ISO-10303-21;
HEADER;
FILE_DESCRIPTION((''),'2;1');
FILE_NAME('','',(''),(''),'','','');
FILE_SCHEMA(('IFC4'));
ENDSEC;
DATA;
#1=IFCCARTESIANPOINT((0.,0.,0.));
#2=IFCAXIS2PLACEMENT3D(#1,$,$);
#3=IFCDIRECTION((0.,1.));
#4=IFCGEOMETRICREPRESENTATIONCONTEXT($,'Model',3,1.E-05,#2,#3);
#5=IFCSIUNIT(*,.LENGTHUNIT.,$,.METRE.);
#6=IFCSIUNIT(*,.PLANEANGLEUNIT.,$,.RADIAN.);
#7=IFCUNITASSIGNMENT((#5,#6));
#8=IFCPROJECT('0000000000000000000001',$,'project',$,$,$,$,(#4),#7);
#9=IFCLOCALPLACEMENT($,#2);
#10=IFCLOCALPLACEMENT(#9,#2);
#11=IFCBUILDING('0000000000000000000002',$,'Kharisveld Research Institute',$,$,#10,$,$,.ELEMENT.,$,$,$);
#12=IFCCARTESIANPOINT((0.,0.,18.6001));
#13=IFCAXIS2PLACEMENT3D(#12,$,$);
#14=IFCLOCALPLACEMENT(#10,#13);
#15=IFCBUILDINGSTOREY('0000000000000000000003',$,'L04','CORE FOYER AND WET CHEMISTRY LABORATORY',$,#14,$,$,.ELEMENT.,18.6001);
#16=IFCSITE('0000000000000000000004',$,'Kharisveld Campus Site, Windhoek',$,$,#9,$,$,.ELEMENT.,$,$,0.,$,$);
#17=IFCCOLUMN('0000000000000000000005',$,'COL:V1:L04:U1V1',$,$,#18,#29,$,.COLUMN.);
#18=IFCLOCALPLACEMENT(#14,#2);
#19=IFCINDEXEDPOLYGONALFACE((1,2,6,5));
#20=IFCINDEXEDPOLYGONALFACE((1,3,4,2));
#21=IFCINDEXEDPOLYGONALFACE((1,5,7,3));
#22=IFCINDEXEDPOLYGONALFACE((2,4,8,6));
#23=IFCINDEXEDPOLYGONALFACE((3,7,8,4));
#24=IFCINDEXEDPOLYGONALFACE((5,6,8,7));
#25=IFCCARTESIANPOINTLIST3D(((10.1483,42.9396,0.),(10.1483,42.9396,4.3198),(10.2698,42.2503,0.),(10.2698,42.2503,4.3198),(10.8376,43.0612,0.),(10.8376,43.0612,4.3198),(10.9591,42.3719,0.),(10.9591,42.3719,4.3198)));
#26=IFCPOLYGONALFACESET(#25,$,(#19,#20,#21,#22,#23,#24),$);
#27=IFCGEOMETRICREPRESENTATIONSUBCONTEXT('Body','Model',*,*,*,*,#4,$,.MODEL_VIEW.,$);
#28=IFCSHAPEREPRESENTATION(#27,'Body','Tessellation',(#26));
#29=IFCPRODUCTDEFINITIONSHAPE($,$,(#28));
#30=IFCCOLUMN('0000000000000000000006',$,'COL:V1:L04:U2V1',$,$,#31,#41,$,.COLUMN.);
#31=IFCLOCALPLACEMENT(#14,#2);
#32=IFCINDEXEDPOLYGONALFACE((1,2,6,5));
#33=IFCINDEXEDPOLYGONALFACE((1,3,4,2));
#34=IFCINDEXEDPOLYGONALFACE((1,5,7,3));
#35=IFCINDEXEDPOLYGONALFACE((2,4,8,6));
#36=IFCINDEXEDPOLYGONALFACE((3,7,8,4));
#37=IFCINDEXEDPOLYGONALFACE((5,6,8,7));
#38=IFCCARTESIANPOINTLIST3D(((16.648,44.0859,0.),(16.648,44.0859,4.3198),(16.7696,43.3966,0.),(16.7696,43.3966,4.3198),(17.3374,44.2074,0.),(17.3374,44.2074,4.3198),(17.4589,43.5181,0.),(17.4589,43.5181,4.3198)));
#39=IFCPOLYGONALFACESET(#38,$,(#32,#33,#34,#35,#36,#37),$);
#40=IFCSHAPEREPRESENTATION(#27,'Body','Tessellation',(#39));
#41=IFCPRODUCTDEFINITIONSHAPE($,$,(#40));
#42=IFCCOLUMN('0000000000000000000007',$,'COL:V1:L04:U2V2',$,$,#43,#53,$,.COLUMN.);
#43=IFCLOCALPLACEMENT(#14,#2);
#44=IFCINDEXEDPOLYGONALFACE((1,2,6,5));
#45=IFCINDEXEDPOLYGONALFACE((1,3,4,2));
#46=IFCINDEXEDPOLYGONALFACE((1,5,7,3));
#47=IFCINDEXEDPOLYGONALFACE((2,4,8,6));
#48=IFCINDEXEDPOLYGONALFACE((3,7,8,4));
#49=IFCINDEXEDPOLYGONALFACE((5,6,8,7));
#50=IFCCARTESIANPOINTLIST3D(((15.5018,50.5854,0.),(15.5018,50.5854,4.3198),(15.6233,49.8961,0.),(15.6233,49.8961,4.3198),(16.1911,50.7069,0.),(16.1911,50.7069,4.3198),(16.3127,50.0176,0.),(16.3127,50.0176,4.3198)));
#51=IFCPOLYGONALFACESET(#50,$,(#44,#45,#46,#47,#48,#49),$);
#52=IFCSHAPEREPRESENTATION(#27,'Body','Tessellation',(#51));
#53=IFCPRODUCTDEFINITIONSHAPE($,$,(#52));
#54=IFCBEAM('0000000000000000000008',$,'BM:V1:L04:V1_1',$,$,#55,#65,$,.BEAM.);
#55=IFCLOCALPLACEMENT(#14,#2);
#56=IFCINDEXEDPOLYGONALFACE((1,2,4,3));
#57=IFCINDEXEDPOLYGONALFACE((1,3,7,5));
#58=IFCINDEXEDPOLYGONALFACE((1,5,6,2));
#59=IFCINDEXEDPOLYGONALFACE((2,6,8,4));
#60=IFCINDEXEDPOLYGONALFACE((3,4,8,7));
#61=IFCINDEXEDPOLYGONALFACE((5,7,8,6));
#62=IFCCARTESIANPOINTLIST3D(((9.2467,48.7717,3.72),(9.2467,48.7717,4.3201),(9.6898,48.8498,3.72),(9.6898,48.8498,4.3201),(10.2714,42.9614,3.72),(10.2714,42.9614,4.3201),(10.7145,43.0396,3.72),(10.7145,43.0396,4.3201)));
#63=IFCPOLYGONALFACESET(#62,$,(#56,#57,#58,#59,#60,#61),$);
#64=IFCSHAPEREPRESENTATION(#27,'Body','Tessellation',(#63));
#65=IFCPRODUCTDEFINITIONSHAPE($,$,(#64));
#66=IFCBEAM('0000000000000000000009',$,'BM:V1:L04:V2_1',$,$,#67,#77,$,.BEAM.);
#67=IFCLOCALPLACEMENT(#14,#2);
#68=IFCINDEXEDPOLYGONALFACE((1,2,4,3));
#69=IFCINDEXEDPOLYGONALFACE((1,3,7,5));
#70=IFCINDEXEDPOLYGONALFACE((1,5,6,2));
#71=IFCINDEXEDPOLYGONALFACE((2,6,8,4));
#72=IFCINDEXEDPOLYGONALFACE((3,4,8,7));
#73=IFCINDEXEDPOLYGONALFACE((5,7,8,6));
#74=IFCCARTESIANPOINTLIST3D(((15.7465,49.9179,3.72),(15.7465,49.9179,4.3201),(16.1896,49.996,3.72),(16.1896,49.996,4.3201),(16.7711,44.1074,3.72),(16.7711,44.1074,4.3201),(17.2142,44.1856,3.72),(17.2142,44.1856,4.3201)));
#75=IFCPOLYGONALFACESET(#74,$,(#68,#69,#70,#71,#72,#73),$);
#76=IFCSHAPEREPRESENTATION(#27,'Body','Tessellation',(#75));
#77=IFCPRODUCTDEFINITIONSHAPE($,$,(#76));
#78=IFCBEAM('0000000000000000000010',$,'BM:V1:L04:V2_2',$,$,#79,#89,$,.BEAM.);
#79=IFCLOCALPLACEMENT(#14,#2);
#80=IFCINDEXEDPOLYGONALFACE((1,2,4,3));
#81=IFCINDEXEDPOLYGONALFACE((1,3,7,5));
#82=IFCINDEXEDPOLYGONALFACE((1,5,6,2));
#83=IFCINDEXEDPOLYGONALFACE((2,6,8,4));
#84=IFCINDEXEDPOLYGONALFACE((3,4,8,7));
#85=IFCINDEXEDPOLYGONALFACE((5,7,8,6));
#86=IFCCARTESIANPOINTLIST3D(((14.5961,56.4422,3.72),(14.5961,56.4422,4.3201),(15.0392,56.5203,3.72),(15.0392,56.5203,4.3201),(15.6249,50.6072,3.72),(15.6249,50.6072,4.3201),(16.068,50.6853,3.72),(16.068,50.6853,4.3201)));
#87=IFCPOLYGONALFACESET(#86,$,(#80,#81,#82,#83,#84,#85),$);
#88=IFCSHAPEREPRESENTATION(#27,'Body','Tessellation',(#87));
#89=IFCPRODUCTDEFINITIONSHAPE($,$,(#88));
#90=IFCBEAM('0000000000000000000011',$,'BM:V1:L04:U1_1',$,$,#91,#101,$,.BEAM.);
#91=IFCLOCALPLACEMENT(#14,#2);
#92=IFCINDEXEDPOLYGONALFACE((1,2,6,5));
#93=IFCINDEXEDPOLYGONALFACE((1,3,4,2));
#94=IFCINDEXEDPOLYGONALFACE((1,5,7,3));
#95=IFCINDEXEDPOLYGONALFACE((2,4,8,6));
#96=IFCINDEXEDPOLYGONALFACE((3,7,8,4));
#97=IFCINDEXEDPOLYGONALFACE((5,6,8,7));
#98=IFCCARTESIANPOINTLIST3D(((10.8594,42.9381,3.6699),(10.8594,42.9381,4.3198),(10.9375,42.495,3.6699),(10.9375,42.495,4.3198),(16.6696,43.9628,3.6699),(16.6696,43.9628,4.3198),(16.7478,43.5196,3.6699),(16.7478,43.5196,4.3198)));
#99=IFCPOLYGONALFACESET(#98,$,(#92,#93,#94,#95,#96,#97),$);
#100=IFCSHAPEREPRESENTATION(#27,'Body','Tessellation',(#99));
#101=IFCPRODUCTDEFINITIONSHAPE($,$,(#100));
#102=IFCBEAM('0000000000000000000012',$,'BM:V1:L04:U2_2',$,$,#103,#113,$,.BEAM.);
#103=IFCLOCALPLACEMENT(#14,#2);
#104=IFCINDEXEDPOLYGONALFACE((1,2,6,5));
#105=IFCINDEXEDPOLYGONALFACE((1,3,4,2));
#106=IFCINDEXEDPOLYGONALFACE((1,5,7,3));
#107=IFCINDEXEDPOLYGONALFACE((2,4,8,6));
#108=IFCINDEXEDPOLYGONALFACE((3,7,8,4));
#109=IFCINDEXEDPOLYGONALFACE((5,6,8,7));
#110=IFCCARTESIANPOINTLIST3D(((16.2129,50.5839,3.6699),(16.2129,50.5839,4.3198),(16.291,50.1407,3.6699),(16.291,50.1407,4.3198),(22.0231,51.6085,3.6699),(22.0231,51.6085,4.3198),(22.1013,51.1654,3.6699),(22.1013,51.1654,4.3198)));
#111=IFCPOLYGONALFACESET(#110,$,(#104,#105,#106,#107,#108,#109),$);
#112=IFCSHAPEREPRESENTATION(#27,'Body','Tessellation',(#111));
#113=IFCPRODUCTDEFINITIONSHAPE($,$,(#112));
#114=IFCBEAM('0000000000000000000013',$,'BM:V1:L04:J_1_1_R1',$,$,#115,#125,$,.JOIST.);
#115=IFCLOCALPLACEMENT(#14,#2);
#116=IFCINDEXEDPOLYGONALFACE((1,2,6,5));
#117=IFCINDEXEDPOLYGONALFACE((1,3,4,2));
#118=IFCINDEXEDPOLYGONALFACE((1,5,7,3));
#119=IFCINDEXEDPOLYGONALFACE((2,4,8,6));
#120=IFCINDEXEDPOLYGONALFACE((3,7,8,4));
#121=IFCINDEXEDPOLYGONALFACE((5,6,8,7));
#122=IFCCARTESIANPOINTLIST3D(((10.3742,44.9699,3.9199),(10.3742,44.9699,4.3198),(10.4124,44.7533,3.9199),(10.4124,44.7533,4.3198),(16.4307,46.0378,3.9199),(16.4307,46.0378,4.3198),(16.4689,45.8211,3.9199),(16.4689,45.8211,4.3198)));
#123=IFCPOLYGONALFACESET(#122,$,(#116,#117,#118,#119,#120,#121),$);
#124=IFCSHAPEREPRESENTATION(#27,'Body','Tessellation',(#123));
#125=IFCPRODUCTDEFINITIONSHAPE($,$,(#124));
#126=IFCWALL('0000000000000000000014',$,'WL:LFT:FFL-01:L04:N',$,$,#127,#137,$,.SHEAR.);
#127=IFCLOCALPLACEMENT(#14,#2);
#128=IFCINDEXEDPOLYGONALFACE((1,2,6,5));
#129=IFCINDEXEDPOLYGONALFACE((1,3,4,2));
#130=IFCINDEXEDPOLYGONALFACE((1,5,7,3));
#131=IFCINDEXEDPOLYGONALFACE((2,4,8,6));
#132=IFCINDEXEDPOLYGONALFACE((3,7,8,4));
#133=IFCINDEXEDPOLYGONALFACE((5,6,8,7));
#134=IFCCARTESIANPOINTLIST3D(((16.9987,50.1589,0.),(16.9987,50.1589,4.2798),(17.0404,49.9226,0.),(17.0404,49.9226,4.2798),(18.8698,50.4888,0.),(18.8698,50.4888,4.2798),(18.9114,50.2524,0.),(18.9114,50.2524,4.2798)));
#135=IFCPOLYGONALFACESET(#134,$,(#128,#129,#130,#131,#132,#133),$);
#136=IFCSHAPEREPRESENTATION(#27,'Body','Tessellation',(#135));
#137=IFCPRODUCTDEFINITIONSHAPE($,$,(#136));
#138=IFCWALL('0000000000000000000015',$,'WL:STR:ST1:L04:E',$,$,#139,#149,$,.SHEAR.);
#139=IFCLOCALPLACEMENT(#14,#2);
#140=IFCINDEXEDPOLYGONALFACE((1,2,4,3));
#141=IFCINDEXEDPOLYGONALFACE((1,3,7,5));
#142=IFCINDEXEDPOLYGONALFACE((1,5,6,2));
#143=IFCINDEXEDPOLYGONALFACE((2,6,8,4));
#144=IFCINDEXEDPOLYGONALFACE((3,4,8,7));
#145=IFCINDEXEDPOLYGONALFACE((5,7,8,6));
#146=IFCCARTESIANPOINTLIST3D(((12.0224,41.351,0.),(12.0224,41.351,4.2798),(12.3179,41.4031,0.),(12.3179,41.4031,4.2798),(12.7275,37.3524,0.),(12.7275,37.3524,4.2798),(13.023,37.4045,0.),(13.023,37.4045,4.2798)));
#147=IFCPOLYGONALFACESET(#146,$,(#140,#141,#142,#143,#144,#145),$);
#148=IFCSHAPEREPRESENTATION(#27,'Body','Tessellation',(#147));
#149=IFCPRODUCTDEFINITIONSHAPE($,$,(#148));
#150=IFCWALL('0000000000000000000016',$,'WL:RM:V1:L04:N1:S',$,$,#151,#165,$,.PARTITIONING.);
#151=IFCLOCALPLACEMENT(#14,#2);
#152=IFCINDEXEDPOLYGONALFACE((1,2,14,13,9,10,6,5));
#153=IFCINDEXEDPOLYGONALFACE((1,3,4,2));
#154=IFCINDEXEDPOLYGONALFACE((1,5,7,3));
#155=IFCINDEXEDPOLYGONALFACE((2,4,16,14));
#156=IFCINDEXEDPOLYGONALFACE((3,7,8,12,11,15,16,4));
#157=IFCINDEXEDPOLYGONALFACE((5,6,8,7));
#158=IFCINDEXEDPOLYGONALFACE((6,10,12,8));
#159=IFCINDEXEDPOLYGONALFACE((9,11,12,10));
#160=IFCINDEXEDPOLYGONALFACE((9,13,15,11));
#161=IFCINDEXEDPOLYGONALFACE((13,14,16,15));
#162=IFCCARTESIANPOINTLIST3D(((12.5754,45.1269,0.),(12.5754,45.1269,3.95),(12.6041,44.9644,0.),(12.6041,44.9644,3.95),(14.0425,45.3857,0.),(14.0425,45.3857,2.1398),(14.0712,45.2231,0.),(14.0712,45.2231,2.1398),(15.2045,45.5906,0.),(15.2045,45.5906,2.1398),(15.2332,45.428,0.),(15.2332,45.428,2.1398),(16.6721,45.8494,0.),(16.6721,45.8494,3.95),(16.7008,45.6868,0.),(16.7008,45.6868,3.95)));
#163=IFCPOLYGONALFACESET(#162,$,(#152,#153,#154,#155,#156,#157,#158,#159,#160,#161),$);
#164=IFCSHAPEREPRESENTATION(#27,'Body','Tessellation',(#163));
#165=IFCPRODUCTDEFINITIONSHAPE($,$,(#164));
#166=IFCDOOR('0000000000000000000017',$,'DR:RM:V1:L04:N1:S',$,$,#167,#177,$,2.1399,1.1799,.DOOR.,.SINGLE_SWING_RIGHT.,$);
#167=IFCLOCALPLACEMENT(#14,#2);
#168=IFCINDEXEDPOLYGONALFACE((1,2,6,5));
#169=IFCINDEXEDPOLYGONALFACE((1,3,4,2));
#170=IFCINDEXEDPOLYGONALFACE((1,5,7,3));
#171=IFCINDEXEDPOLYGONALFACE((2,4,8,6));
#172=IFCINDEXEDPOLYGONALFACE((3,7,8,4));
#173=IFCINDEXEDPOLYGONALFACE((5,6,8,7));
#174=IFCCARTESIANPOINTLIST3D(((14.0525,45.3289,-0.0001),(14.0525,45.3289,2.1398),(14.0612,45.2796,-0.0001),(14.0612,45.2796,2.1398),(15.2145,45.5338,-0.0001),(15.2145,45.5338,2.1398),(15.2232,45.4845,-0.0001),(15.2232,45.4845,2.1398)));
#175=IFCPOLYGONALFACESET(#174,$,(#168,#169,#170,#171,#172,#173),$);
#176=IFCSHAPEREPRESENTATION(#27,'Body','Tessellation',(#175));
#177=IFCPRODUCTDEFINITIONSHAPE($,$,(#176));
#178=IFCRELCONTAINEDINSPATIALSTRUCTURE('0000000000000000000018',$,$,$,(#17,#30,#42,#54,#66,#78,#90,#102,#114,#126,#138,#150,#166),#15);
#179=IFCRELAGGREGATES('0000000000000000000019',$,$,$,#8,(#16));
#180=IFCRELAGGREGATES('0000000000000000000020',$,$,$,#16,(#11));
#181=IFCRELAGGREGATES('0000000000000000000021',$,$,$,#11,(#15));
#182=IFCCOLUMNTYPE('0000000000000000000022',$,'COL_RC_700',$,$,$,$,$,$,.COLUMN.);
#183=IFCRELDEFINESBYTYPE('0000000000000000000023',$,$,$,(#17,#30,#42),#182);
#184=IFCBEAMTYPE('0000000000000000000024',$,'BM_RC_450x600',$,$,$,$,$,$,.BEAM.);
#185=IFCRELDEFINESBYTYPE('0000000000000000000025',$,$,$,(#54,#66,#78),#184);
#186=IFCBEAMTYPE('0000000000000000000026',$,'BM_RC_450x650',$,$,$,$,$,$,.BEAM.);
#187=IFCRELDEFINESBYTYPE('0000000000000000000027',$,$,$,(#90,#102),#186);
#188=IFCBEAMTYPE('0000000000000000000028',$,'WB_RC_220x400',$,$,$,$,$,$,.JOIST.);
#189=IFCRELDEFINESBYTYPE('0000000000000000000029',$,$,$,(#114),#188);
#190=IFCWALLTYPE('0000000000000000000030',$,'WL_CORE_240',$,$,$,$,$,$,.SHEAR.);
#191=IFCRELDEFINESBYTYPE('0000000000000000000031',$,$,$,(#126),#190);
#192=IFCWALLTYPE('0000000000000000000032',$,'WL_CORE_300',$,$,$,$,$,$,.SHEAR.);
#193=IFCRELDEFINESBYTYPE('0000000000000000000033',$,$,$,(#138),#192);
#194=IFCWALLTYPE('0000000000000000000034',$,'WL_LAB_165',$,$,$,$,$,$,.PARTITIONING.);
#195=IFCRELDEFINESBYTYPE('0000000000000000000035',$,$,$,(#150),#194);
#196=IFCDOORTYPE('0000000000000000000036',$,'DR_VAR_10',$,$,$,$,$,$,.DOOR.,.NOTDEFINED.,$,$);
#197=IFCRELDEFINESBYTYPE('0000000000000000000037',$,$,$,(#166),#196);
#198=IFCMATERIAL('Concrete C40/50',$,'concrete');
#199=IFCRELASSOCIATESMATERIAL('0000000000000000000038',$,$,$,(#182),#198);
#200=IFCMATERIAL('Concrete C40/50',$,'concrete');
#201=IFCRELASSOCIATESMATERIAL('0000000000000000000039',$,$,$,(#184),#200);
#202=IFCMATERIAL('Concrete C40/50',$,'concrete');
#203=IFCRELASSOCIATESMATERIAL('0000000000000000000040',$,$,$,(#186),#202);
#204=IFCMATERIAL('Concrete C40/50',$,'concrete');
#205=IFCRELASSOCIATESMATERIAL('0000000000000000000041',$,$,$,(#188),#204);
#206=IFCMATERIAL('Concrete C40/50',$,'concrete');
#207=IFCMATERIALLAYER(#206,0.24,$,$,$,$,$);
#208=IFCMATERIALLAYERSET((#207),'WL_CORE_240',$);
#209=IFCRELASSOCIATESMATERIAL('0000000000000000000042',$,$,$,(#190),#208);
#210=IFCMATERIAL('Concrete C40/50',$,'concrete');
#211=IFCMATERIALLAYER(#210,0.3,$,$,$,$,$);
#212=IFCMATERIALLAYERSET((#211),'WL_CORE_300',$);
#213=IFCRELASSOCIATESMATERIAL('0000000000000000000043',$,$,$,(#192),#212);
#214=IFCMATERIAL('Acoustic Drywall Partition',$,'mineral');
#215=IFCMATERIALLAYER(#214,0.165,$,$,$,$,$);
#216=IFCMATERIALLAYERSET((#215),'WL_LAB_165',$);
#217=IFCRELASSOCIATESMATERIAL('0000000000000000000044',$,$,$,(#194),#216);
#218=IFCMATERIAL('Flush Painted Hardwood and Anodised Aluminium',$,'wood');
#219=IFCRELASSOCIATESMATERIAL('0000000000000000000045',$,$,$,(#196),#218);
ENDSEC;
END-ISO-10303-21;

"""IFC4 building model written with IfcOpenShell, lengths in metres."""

from ifc_helpers import new_model, si_unit, direction, frame, frame_2d, origin, origin_2d, place, context, subcontext, project, spatial, rectangle, extrude, material, layer, layer_set, material_profile, profile_set, type_object, element, fill, save


model = new_model("IFC4")

# Units and contexts
model_context = context("Model", 3, precision=1e-05, world=origin(), true_north=direction((0.0, 1.0)))
body_context = subcontext(model_context, "Body", "Model", "MODEL_VIEW")
ifc_project = project(units=[si_unit("LENGTHUNIT", "METRE"), si_unit("PLANEANGLEUNIT", "RADIAN")], contexts=[model_context])

# Site, building, storey
site_placement = place(None, origin())
site = spatial("IfcSite", under=ifc_project, at=site_placement, Name="Kharisveld Campus Site, Windhoek", CompositionType="ELEMENT", RefElevation=0.0)
building_placement = place(site_placement, origin())
building = spatial("IfcBuilding", under=site, at=building_placement, Name="Kharisveld Research Institute", CompositionType="ELEMENT")
storey_placement = place(building_placement, frame((0.0, 0.0, 18.6001)))
storey = spatial("IfcBuildingStorey", under=building, at=storey_placement, Name="L04", Description="CORE FOYER AND WET CHEMISTRY LABORATORY", CompositionType="ELEMENT", Elevation=18.6001)

# Columns
ifc_material_1 = material(Name="Concrete C40/50", Category="concrete")
ifc_material_profile_1 = material_profile(ifc_material_1, rectangle(XDim=0.7, YDim=0.7, at=origin_2d()))
ifc_profile_set_1 = profile_set([ifc_material_profile_1], Name="Concrete C40/50")
column_type = type_object("IfcColumnType", Name="COL_RC_700", PredefinedType="COLUMN", material=ifc_profile_set_1)
for number, where, z_axis, x_axis, name in (
    (1, (10.5537, 42.6558, 0.0), (0.0, 0.0, 1.0), (0.984808, 0.173648, 0.0), "COL:V1:L04:U1V1"),
    (2, (17.0535, 43.802, 0.0), (0.0, 0.0, 1.0), (0.984808, 0.173648, 0.0), "COL:V1:L04:U2V1"),
    (3, (15.9072, 50.3015, 0.0), (0.0, 0.0, 1.0), (0.984808, 0.173648, 0.0), "COL:V1:L04:U2V2"),
):
    element("IfcColumn", number, at=place(storey_placement, frame(where, z_axis=z_axis, x_axis=x_axis)), inside=storey, type_object=column_type, Name=name, PredefinedType="COLUMN", context=body_context, shape_type="SweptSolid", body=[
        extrude(rectangle(XDim=0.7, YDim=0.7, at=origin_2d()), origin(), (0.0, 0.0, 1.0), 4.3198),
    ])

# Beams
ifc_material_2 = material(Name="Concrete C40/50", Category="concrete")
ifc_material_profile_2 = material_profile(ifc_material_2, rectangle(XDim=0.45, YDim=0.6001, at=origin_2d()))
ifc_profile_set_2 = profile_set([ifc_material_profile_2], Name="Concrete C40/50")
beam_type_1 = type_object("IfcBeamType", Name="BM_RC_450x600", PredefinedType="BEAM", material=ifc_profile_set_2)
beam_1_placement = place(storey_placement, frame((10.4929, 43.0005, 4.02), z_axis=(-0.173672, 0.984804, 0.0), x_axis=(-0.984804, -0.173672, 0.0)))
element("IfcBeam", 4, at=beam_1_placement, inside=storey, type_object=beam_type_1, Name="BM:V1:L04:V1_1", PredefinedType="BEAM", context=body_context, shape_type="SweptSolid", body=[
    extrude(rectangle(XDim=0.45, YDim=0.6001, at=origin_2d()), origin(), (0.0, 0.0, 1.0), 5.8999),
])
beam_2_placement = place(storey_placement, frame((16.9927, 44.1465, 4.02), z_axis=(-0.173665, 0.984805, 0.0), x_axis=(-0.984805, -0.173665, 0.0)))
element("IfcBeam", 5, at=beam_2_placement, inside=storey, type_object=beam_type_1, Name="BM:V1:L04:V2_1", PredefinedType="BEAM", context=body_context, shape_type="SweptSolid", body=[
    extrude(rectangle(XDim=0.45, YDim=0.6001, at=origin_2d()), origin(), (0.0, 0.0, 1.0), 5.9001),
])
beam_3_placement = place(storey_placement, frame((15.8464, 50.6462, 4.02), z_axis=(-0.17364, 0.984809, 0.0), x_axis=(-0.984809, -0.17364, 0.0)))
element("IfcBeam", 6, at=beam_3_placement, inside=storey, type_object=beam_type_1, Name="BM:V1:L04:V2_2", PredefinedType="BEAM", context=body_context, shape_type="SweptSolid", body=[
    extrude(rectangle(XDim=0.45, YDim=0.6001, at=origin_2d()), origin(), (0.0, 0.0, 1.0), 5.925),
])
ifc_material_3 = material(Name="Concrete C40/50", Category="concrete")
ifc_material_profile_3 = material_profile(ifc_material_3, rectangle(XDim=0.45, YDim=0.6499, at=origin_2d()))
ifc_profile_set_3 = profile_set([ifc_material_profile_3], Name="Concrete C40/50")
beam_type_2 = type_object("IfcBeamType", Name="BM_RC_450x650", PredefinedType="BEAM", material=ifc_profile_set_3)
for number, where, z_axis, x_axis, name in (
    (7, (10.8984, 42.7166, 3.9949), (0.984804, 0.173672, 0.0), (-0.173672, 0.984804, 0.0), "BM:V1:L04:U1_1"),
    (8, (16.252, 50.3623, 3.9949), (0.984804, 0.173672, 0.0), (-0.173672, 0.984804, 0.0), "BM:V1:L04:U2_2"),
):
    element("IfcBeam", number, at=place(storey_placement, frame(where, z_axis=z_axis, x_axis=x_axis)), inside=storey, type_object=beam_type_2, Name=name, PredefinedType="BEAM", context=body_context, shape_type="SweptSolid", body=[
        extrude(rectangle(XDim=0.45, YDim=0.6499, at=origin_2d()), origin(), (0.0, 0.0, 1.0), 5.8999),
    ])
ifc_material_4 = material(Name="Concrete C40/50", Category="concrete")
ifc_material_profile_4 = material_profile(ifc_material_4, rectangle(XDim=0.22, YDim=0.3999, at=origin_2d()))
ifc_profile_set_4 = profile_set([ifc_material_profile_4], Name="Concrete C40/50")
beam_type_3 = type_object("IfcBeamType", Name="WB_RC_220x400", PredefinedType="JOIST", material=ifc_profile_set_4)
beam_4_placement = place(storey_placement, frame((10.3933, 44.8616, 4.1199), z_axis=(0.984809, 0.173643, 0.0), x_axis=(-0.173643, 0.984809, 0.0)))
element("IfcBeam", 9, at=beam_4_placement, inside=storey, type_object=beam_type_3, Name="BM:V1:L04:J_1_1_R1", PredefinedType="JOIST", context=body_context, shape_type="SweptSolid", body=[
    extrude(rectangle(XDim=0.22, YDim=0.3999, at=origin_2d()), origin(), (0.0, 0.0, 1.0), 6.1499),
])

# Walls
ifc_material_5 = material(Name="Concrete C40/50", Category="concrete")
ifc_layer_1 = layer(ifc_material_5, 0.24)
ifc_layer_set_1 = layer_set([ifc_layer_1], Name="WL_CORE_240")
wall_type_1 = type_object("IfcWallType", Name="WL_CORE_240", PredefinedType="SHEAR", material=ifc_layer_set_1)
wall_1_placement = place(storey_placement, frame((17.0195, 50.0408, 0.0), z_axis=(0.0, 0.0, 1.0), x_axis=(0.984816, 0.173602, 0.0)))
element("IfcWall", 10, at=wall_1_placement, inside=storey, type_object=wall_type_1, Name="WL:LFT:FFL-01:L04:N", PredefinedType="SHEAR", context=body_context, shape_type="SweptSolid", body=[
    extrude(rectangle(XDim=1.8999, YDim=0.24, at=frame_2d((0.95, 0.0))), origin(), (0.0, 0.0, 1.0), 4.2798),
])
ifc_material_6 = material(Name="Concrete C40/50", Category="concrete")
ifc_layer_2 = layer(ifc_material_6, 0.3)
ifc_layer_set_2 = layer_set([ifc_layer_2], Name="WL_CORE_300")
wall_type_2 = type_object("IfcWallType", Name="WL_CORE_300", PredefinedType="SHEAR", material=ifc_layer_set_2)
wall_2_placement = place(storey_placement, frame((12.1702, 41.3772, 0.0), z_axis=(0.0, 0.0, 1.0), x_axis=(0.173655, -0.984807, 0.0)))
element("IfcWall", 11, at=wall_2_placement, inside=storey, type_object=wall_type_2, Name="WL:STR:ST1:L04:E", PredefinedType="SHEAR", context=body_context, shape_type="SweptSolid", body=[
    extrude(rectangle(XDim=4.0603, YDim=0.3, at=frame_2d((2.0303, 0.0))), origin(), (0.0, 0.0, 1.0), 4.2798),
])

# Wall, opening, door
ifc_material_7 = material(Name="Acoustic Drywall Partition", Category="mineral")
ifc_layer_3 = layer(ifc_material_7, 0.165)
ifc_layer_set_3 = layer_set([ifc_layer_3], Name="WL_LAB_165")
wall_type_3 = type_object("IfcWallType", Name="WL_LAB_165", PredefinedType="PARTITIONING", material=ifc_layer_set_3)
wall_3_placement = place(storey_placement, frame((12.5896, 45.0457, 0.0), z_axis=(0.0, 0.0, 1.0), x_axis=(0.984805, 0.173661, 0.0)))
wall_3 = element("IfcWall", 12, at=wall_3_placement, inside=storey, type_object=wall_type_3, Name="WL:RM:V1:L04:N1:S", PredefinedType="PARTITIONING", context=body_context, shape_type="SweptSolid", body=[
    extrude(rectangle(XDim=4.1599, YDim=0.165, at=frame_2d((2.0801, 0.0))), origin(), (0.0, 0.0, 1.0), 3.95),
])
opening_1_placement = place(wall_3_placement, frame((1.49, 0.0, 0.0)))
opening_1 = element("IfcOpeningElement", 13, at=opening_1_placement, cuts=wall_3, PredefinedType="OPENING", context=body_context, shape_type="SweptSolid", body=[
    extrude(rectangle(XDim=1.1799, YDim=2.1399, at=frame_2d((0.5898, 1.0698))), frame((0.0, 0.0825, 0.0), z_axis=(0.0, -1.0, 0.0), x_axis=(1.0, 0.0, 0.0)), (0.0, 0.0, 1.0), 0.165),
])
ifc_material_8 = material(Name="Flush Painted Hardwood and Anodised Aluminium", Category="wood")
door_type_1 = type_object("IfcDoorType", Name="DR_VAR_10", OperationType="NOTDEFINED", PredefinedType="DOOR", material=ifc_material_8)
door_1_placement = place(opening_1_placement, origin())
door_1 = element("IfcDoor", 14, at=door_1_placement, inside=storey, type_object=door_type_1, Name="DR:RM:V1:L04:N1:S", OperationType="SINGLE_SWING_RIGHT", OverallHeight=2.1399, OverallWidth=1.1799, PredefinedType="DOOR", context=body_context, shape_type="SweptSolid", body=[
    extrude(rectangle(XDim=1.1799, YDim=2.1399, at=frame_2d((0.5898, 1.0698))), frame((0.0, 0.0249, 0.0), z_axis=(0.0, -1.0, 0.0), x_axis=(1.0, 0.0, 0.0)), (0.0, 0.0, 1.0), 0.05),
])
fill(opening_1, door_1)

save(model, "model.ifc")
